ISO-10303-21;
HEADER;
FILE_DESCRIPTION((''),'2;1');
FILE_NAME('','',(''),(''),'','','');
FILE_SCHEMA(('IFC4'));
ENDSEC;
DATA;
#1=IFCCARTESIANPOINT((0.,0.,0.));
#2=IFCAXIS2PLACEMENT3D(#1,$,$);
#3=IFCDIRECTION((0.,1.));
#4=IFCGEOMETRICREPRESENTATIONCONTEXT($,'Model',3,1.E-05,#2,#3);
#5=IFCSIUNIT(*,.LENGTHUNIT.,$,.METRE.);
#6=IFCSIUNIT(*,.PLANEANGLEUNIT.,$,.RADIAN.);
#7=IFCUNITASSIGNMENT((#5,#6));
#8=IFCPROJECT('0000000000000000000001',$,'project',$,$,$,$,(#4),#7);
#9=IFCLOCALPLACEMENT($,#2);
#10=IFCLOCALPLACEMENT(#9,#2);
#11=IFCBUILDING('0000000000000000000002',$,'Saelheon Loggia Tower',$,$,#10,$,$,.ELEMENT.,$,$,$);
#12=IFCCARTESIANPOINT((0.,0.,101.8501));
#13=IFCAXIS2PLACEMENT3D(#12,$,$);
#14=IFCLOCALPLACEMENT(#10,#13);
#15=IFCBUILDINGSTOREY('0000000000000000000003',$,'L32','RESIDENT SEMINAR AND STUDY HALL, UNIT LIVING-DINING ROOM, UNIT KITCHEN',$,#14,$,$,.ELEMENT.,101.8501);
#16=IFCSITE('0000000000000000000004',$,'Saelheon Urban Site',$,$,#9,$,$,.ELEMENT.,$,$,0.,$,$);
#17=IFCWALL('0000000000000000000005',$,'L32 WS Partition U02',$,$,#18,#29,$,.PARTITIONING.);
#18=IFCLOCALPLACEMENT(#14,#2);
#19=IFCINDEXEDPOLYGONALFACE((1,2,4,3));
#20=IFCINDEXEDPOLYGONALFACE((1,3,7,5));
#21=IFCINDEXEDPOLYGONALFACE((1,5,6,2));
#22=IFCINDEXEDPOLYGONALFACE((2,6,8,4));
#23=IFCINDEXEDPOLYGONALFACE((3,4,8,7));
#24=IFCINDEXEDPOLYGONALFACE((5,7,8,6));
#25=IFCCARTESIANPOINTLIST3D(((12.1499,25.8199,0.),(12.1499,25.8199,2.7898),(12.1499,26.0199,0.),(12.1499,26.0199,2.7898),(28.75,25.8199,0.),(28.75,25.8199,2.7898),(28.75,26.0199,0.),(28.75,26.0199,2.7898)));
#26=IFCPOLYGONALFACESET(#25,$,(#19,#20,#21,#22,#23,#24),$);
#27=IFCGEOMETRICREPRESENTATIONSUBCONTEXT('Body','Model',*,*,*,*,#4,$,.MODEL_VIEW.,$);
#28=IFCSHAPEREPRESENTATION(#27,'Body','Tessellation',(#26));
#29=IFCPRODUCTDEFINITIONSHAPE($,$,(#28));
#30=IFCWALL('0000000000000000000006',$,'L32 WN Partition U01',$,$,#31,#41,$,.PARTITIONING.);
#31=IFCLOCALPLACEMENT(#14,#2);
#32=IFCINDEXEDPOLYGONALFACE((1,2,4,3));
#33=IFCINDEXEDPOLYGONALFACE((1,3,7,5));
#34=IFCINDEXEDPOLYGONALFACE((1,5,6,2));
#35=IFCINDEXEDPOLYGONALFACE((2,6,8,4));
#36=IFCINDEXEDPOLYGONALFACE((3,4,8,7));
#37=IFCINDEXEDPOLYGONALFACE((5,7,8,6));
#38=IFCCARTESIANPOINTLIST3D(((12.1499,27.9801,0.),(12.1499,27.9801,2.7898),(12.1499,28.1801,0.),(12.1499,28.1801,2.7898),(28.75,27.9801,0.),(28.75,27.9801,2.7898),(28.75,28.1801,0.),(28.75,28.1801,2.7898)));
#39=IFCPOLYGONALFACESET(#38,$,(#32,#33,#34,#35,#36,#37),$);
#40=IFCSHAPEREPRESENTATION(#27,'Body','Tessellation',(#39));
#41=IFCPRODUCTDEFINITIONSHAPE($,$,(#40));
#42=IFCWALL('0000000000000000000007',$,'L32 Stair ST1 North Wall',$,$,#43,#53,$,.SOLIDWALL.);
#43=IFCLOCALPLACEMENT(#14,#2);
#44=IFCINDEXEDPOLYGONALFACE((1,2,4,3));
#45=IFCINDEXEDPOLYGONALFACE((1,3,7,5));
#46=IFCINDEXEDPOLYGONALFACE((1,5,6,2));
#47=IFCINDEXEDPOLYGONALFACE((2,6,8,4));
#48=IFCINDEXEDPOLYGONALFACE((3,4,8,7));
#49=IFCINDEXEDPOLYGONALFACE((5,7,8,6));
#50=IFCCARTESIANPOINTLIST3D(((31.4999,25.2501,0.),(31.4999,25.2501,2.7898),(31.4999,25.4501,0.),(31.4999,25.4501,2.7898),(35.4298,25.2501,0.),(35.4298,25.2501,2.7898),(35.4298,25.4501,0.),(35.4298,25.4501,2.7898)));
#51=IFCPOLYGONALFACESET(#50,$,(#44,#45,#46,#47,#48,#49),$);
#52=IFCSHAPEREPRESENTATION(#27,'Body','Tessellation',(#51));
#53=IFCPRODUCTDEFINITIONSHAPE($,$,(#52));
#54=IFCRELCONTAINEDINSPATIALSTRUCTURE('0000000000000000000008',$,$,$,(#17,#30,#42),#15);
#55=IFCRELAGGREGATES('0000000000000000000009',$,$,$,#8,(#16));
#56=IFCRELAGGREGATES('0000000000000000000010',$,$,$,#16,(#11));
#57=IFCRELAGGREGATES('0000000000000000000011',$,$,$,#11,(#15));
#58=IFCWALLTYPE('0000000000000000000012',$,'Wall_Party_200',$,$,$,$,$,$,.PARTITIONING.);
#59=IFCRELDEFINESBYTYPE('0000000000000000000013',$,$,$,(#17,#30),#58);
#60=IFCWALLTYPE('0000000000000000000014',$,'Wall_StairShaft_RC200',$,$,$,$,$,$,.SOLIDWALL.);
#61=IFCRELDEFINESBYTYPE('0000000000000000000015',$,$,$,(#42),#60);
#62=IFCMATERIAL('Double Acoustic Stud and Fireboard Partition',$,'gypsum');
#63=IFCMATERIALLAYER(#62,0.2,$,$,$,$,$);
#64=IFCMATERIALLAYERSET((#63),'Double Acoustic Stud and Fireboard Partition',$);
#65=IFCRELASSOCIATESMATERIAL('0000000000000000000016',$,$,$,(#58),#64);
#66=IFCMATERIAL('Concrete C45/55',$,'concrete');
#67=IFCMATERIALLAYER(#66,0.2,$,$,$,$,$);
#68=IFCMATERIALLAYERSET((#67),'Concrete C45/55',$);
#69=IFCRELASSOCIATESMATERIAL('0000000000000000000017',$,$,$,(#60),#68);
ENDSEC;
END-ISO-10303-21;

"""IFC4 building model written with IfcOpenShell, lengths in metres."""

from ifc_helpers import new_model, si_unit, direction, frame, frame_2d, origin, place, context, subcontext, project, spatial, rectangle, extrude, material, layer, layer_set, type_object, element, save


model = new_model("IFC4")

# Units and contexts
model_context = context("Model", 3, precision=1e-05, world=origin(), true_north=direction((0.0, 1.0)))
body_context = subcontext(model_context, "Body", "Model", "MODEL_VIEW")
ifc_project = project(units=[si_unit("LENGTHUNIT", "METRE"), si_unit("PLANEANGLEUNIT", "RADIAN")], contexts=[model_context])

# Site, building, storey
site_placement = place(None, origin())
site = spatial("IfcSite", under=ifc_project, at=site_placement, Name="Saelheon Urban Site", CompositionType="ELEMENT", RefElevation=0.0)
building_placement = place(site_placement, origin())
building = spatial("IfcBuilding", under=site, at=building_placement, Name="Saelheon Loggia Tower", CompositionType="ELEMENT")
storey_placement = place(building_placement, frame((0.0, 0.0, 101.8501)))
storey = spatial("IfcBuildingStorey", under=building, at=storey_placement, Name="L32", Description="RESIDENT SEMINAR AND STUDY HALL, UNIT LIVING-DINING ROOM, UNIT KITCHEN", CompositionType="ELEMENT", Elevation=101.8501)

# Walls
ifc_material_1 = material(Name="Double Acoustic Stud and Fireboard Partition", Category="gypsum")
ifc_layer_1 = layer(ifc_material_1, 0.2)
ifc_layer_set_1 = layer_set([ifc_layer_1], Name="Double Acoustic Stud and Fireboard Partition")
wall_type_1 = type_object("IfcWallType", Name="Wall_Party_200", PredefinedType="PARTITIONING", material=ifc_layer_set_1)
for number, where, z_axis, x_axis, name in (
    (1, (28.75, 25.9199, 0.0), (0.0, 0.0, 1.0), (-1.0, 0.0, 0.0), "L32 WS Partition U02"),
    (2, (28.75, 28.0801, 0.0), (0.0, 0.0, 1.0), (-1.0, 0.0, 0.0), "L32 WN Partition U01"),
):
    element("IfcWall", number, at=place(storey_placement, frame(where, z_axis=z_axis, x_axis=x_axis)), inside=storey, type_object=wall_type_1, Name=name, PredefinedType="PARTITIONING", context=body_context, shape_type="SweptSolid", body=[
        extrude(rectangle(XDim=16.6001, YDim=0.2, at=frame_2d((8.3, 0.0))), origin(), (0.0, 0.0, 1.0), 2.7898),
    ])
ifc_material_2 = material(Name="Concrete C45/55", Category="concrete")
ifc_layer_2 = layer(ifc_material_2, 0.2)
ifc_layer_set_2 = layer_set([ifc_layer_2], Name="Concrete C45/55")
wall_type_2 = type_object("IfcWallType", Name="Wall_StairShaft_RC200", PredefinedType="SOLIDWALL", material=ifc_layer_set_2)
wall_1_placement = place(storey_placement, frame((31.5, 25.3501, 0.0), z_axis=(0.0, 0.0, 1.0), x_axis=(1.0, 0.0, 0.0)))
element("IfcWall", 3, at=wall_1_placement, inside=storey, type_object=wall_type_2, Name="L32 Stair ST1 North Wall", PredefinedType="SOLIDWALL", context=body_context, shape_type="SweptSolid", body=[
    extrude(rectangle(XDim=3.9299, YDim=0.2, at=frame_2d((1.9648, 0.0))), origin(), (0.0, 0.0, 1.0), 2.7898),
])

save(model, "model.ifc")
